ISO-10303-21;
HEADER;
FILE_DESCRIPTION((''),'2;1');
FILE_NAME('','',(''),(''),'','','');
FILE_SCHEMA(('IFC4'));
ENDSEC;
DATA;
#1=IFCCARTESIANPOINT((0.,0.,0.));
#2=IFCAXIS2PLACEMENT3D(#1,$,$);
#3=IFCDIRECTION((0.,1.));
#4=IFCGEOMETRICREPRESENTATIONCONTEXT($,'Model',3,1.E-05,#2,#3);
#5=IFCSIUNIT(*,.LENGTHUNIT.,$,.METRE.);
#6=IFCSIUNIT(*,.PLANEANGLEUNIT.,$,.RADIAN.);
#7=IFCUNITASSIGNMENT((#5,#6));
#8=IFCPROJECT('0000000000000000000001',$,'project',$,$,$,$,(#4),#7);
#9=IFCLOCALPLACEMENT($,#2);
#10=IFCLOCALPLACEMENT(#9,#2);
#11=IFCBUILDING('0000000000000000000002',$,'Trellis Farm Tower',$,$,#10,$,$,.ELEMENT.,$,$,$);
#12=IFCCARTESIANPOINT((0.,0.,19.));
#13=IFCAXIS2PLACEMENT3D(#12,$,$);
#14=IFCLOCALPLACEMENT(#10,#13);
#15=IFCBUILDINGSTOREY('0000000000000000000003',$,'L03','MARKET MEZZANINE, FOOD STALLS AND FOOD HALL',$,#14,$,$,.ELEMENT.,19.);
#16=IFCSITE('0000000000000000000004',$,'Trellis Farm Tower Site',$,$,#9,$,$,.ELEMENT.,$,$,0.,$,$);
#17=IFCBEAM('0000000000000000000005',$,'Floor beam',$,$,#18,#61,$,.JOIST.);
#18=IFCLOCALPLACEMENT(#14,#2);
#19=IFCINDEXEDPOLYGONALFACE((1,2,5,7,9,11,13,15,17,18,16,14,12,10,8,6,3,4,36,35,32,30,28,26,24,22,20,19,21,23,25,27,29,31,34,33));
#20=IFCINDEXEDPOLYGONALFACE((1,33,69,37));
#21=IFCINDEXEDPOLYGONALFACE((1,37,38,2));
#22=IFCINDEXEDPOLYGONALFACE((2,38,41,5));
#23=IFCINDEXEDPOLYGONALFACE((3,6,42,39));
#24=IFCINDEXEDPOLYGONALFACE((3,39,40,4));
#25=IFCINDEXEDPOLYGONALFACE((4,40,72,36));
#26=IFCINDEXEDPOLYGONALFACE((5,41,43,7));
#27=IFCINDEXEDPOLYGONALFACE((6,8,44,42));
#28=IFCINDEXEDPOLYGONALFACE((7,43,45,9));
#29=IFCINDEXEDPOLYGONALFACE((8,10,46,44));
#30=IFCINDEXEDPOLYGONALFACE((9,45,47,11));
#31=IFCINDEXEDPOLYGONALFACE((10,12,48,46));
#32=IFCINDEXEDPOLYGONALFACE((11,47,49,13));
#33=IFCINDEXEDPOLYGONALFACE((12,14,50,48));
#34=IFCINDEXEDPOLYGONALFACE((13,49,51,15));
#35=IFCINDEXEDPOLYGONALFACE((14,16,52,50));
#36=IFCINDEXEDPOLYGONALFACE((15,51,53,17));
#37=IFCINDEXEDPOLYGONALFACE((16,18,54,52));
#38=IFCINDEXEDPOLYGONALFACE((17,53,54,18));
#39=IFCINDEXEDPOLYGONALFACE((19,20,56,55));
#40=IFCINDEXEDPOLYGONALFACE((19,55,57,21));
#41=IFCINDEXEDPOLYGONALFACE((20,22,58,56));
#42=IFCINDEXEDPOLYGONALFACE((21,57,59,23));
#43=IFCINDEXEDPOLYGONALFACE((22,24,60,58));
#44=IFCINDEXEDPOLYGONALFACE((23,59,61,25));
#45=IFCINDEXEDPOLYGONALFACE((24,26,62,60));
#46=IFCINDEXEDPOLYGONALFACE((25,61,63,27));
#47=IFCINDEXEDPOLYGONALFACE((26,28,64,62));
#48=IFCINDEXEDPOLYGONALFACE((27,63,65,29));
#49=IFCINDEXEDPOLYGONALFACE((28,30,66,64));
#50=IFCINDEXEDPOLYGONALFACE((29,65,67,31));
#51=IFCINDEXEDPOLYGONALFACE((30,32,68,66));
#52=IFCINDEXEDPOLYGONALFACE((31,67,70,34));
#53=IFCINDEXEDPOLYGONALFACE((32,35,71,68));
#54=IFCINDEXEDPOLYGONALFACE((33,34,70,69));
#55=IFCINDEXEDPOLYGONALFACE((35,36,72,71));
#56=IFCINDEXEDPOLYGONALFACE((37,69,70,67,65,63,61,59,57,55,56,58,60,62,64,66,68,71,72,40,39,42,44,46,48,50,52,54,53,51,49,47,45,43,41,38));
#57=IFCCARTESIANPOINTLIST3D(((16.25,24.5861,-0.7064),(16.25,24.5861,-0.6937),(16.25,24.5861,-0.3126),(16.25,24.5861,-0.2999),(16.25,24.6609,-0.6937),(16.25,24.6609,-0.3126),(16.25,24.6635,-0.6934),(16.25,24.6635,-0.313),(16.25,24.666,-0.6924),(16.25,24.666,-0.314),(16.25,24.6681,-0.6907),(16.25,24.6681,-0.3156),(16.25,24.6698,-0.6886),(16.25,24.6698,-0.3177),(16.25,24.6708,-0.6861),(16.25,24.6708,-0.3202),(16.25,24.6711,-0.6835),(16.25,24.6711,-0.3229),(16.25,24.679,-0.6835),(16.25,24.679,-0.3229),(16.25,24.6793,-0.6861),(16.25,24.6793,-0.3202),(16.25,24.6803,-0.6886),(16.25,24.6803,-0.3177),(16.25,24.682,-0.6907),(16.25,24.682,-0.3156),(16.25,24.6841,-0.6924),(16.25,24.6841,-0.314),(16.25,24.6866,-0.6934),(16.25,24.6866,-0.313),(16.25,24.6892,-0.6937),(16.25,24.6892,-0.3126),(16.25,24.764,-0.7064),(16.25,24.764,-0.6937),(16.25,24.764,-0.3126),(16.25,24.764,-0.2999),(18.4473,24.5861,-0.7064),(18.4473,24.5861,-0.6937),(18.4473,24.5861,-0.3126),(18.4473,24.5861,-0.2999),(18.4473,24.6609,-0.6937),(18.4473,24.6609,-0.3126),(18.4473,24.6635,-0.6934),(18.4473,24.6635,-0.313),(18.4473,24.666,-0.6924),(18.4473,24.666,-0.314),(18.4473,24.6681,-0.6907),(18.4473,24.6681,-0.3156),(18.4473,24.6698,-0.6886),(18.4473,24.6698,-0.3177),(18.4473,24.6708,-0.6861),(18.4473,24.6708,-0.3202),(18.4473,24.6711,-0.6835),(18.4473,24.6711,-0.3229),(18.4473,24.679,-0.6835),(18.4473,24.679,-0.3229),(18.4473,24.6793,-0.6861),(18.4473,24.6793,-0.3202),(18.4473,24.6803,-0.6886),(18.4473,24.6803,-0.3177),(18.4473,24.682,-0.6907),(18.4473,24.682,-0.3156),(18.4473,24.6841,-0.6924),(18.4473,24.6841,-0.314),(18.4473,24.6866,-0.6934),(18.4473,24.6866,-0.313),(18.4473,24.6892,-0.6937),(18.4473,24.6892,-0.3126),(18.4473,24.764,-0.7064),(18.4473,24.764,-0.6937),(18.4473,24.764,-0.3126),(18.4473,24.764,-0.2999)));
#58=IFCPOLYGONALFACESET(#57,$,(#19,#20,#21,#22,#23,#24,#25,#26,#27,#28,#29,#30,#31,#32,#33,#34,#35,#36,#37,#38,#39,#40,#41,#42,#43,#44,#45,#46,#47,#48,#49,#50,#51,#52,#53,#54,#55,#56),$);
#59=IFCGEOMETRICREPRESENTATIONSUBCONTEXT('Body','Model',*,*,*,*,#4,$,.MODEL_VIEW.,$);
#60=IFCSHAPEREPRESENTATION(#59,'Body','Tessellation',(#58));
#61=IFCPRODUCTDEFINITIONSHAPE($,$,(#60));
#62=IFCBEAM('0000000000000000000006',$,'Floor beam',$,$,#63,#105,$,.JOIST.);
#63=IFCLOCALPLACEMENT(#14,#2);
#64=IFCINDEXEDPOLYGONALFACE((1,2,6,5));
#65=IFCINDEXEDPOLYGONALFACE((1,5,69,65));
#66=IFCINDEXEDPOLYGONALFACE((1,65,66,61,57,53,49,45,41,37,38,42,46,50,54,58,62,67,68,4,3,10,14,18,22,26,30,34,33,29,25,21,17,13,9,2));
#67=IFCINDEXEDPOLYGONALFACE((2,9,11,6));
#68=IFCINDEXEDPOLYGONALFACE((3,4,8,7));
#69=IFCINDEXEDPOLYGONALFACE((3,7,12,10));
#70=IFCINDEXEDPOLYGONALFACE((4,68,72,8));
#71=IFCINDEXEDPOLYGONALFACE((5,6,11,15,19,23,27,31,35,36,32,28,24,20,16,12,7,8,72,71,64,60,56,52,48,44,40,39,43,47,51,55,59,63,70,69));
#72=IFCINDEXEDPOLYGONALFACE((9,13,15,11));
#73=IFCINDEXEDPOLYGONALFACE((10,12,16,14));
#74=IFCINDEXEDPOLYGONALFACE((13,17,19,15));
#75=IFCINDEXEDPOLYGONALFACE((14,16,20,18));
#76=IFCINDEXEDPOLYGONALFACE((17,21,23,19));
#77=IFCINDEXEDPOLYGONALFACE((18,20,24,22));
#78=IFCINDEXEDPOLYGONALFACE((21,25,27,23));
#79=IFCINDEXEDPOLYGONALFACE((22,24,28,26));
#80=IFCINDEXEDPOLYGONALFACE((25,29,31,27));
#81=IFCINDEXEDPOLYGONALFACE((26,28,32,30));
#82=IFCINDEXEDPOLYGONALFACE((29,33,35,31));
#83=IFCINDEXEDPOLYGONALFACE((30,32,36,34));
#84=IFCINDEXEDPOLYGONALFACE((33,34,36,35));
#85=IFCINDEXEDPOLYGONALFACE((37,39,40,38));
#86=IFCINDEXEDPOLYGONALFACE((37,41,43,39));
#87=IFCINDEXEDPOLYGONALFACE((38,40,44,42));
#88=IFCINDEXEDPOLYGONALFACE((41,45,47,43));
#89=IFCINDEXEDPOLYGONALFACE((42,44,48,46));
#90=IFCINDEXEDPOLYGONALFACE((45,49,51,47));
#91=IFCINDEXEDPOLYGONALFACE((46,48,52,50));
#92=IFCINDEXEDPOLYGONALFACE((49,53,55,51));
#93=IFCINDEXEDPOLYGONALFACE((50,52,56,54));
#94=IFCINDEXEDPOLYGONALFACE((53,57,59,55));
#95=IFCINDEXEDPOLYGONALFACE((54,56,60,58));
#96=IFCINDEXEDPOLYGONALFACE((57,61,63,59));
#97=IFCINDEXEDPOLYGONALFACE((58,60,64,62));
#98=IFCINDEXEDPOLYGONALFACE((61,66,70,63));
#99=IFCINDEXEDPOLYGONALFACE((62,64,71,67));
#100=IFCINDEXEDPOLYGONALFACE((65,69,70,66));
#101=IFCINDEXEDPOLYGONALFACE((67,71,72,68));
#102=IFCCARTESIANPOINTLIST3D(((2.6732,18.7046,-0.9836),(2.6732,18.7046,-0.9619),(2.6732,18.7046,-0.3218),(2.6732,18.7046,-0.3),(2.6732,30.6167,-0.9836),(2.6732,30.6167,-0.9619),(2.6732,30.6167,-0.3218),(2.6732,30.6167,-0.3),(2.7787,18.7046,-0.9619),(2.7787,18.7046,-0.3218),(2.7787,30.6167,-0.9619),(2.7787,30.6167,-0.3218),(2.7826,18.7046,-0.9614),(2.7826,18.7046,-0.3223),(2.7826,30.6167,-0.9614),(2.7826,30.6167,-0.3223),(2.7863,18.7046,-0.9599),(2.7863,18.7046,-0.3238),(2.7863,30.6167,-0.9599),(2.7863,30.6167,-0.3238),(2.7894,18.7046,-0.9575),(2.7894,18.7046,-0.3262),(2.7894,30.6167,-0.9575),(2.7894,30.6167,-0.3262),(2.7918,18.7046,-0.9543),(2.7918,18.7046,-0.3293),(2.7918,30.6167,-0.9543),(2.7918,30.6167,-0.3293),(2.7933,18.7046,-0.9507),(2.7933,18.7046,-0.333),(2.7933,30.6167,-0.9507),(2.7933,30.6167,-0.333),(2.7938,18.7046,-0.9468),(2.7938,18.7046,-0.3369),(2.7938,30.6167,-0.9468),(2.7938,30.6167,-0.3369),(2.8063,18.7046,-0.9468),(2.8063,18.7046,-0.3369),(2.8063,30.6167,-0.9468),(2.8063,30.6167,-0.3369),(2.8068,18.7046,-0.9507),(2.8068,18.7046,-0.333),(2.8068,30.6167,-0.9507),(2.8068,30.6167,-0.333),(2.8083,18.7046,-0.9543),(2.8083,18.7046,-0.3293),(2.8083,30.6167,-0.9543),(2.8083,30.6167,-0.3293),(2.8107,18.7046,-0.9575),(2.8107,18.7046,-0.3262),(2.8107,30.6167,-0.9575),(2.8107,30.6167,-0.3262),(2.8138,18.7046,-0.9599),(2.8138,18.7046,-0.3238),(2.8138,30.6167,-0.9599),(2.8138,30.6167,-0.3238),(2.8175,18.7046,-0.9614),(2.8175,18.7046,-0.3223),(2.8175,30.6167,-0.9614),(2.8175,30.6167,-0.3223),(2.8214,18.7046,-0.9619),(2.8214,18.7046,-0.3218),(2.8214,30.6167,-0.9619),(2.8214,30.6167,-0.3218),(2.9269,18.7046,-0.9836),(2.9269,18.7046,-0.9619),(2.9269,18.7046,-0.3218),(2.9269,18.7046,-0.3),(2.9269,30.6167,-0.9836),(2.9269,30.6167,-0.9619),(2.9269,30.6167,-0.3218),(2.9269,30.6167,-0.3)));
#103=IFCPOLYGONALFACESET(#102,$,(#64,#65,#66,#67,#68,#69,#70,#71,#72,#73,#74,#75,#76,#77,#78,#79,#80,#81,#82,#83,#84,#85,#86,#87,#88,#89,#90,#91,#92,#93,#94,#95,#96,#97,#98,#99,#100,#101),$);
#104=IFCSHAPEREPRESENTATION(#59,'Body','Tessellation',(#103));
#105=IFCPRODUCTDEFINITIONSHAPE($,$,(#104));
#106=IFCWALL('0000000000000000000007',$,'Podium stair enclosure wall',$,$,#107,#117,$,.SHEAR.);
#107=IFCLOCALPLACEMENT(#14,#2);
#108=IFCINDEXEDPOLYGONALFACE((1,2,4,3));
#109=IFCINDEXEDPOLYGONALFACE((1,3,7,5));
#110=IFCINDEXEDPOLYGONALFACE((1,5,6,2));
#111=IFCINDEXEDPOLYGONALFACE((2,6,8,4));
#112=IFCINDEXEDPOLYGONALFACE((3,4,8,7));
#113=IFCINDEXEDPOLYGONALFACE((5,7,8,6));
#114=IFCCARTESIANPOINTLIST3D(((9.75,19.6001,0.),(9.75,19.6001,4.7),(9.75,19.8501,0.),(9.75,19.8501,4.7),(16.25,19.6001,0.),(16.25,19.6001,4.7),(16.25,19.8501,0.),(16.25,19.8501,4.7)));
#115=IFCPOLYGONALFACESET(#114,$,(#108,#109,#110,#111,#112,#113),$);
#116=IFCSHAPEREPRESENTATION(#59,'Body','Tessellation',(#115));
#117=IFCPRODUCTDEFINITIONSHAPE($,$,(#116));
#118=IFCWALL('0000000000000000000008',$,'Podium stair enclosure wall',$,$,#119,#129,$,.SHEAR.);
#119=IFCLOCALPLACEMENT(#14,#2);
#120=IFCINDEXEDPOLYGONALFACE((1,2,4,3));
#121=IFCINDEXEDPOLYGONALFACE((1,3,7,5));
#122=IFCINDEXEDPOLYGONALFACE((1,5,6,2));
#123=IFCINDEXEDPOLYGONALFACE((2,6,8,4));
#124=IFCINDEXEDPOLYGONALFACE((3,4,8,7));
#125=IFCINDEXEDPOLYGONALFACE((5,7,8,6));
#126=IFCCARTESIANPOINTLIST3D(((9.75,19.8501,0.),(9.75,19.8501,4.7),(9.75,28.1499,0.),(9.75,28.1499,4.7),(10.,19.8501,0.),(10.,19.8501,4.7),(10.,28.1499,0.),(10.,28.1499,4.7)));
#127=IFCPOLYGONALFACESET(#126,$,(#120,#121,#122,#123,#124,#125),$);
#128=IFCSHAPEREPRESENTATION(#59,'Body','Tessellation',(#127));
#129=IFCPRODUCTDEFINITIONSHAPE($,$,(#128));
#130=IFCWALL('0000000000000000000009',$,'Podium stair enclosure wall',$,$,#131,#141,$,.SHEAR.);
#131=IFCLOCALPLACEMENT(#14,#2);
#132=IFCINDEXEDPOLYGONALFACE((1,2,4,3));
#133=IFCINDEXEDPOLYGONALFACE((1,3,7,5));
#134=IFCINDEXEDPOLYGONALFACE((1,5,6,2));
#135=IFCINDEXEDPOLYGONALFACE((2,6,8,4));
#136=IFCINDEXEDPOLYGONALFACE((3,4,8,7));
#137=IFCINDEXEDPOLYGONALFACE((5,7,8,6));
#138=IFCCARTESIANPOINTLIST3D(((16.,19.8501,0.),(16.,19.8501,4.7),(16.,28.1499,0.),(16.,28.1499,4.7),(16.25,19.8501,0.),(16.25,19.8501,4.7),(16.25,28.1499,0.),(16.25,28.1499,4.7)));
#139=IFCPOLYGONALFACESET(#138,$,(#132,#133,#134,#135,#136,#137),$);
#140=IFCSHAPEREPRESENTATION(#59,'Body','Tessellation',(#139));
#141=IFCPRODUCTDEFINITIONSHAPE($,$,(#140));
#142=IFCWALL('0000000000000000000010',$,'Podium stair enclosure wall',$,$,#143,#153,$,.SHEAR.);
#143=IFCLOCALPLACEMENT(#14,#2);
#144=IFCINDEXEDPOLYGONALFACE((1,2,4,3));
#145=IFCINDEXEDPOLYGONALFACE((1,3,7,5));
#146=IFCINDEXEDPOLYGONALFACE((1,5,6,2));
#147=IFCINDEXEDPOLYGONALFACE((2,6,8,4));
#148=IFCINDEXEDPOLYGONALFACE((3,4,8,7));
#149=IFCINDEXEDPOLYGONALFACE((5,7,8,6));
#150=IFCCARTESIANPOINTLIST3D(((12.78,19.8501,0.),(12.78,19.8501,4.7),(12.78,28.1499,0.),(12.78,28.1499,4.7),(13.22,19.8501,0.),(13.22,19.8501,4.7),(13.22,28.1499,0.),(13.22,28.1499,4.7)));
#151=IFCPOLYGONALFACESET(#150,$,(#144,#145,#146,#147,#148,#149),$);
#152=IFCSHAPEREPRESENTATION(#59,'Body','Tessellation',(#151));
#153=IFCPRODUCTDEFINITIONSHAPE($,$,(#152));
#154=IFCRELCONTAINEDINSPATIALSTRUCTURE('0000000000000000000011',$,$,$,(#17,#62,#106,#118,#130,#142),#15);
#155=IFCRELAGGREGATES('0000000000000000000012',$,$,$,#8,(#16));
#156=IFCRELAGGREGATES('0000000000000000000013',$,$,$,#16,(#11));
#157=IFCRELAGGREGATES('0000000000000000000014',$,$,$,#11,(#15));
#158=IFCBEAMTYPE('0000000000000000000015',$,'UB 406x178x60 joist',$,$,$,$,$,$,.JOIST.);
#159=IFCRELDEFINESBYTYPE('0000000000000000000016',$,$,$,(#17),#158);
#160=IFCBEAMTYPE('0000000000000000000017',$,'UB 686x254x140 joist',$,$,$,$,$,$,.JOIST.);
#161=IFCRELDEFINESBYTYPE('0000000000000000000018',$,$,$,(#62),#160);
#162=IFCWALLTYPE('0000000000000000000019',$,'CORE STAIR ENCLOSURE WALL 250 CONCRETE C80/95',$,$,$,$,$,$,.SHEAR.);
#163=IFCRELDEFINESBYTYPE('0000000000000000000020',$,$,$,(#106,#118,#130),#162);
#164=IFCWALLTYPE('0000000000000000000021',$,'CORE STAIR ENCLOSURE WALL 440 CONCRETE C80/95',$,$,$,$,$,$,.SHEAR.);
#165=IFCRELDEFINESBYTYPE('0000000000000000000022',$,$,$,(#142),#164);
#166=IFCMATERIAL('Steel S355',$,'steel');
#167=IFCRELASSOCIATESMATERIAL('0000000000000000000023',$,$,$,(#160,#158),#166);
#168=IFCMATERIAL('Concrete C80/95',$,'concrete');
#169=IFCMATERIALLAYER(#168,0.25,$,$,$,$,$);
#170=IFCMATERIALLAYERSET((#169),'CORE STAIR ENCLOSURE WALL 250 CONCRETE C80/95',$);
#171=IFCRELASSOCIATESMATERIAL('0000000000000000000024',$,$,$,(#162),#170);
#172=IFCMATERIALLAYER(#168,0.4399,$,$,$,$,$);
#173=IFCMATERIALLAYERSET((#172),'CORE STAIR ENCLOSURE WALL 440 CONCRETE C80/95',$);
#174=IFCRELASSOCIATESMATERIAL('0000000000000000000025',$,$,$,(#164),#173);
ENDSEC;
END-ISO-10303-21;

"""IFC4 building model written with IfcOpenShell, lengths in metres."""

from ifc_helpers import new_model, si_unit, direction, frame, frame_2d, origin, origin_2d, place, context, subcontext, project, spatial, rectangle, i_section, extrude, source, transform, mapped, material, layer, layer_set, material_profile, profile_set, type_object, element, save


model = new_model("IFC4")

# Units and contexts
model_context = context("Model", 3, precision=1e-05, world=origin(), true_north=direction((0.0, 1.0)))
body_context = subcontext(model_context, "Body", "Model", "MODEL_VIEW")
ifc_project = project(units=[si_unit("LENGTHUNIT", "METRE"), si_unit("PLANEANGLEUNIT", "RADIAN")], contexts=[model_context])

# Site, building, storey
site_placement = place(None, origin())
site = spatial("IfcSite", under=ifc_project, at=site_placement, Name="Trellis Farm Tower Site", CompositionType="ELEMENT", RefElevation=0.0)
building_placement = place(site_placement, origin())
building = spatial("IfcBuilding", under=site, at=building_placement, Name="Trellis Farm Tower", CompositionType="ELEMENT")
storey_placement = place(building_placement, frame((0.0, 0.0, 19.0)))
storey = spatial("IfcBuildingStorey", under=building, at=storey_placement, Name="L03", Description="MARKET MEZZANINE, FOOD STALLS AND FOOD HALL", CompositionType="ELEMENT", Elevation=19.0)

# Shared definitions
ifc_material_1 = material(Name="Concrete C80/95", Category="concrete")

# Beams
ifc_material_2 = material(Name="Steel S355", Category="steel")
ifc_material_profile_1 = material_profile(ifc_material_2, i_section(OverallWidth=0.2537, OverallDepth=0.6836, WebThickness=0.0125, FlangeThickness=0.0217, FilletRadius=0.0151, at=origin_2d()), Name="UB 686x254x140")
ifc_profile_set_1 = profile_set([ifc_material_profile_1], Name="Steel S355")
beam_type_1 = type_object("IfcBeamType", Name="UB 686x254x140 joist", PredefinedType="JOIST", material=ifc_profile_set_1)
ifc_material_profile_2 = material_profile(ifc_material_2, i_section(OverallWidth=0.178, OverallDepth=0.4065, WebThickness=0.0078, FlangeThickness=0.0127, FilletRadius=0.0103, at=origin_2d()), Name="UB 406x178x60")
ifc_profile_set_2 = profile_set([ifc_material_profile_2], Name="Steel S355")
beam_type_2 = type_object("IfcBeamType", Name="UB 406x178x60 joist", PredefinedType="JOIST", material=ifc_profile_set_2)
shared_shape_1 = source(origin(), body_context, "Body", "SweptSolid", [
    extrude(i_section(OverallWidth=0.178, OverallDepth=0.4065, WebThickness=0.0078, FlangeThickness=0.0127, FilletRadius=0.0103, at=origin_2d()), origin(), (0.0, 0.0, 1.0), 2.1973),
])
for number, where, z_axis, x_axis, name in (
    (1, (16.25, 24.675, -0.5032), (1.0, 0.0, 0.0), (0.0, 1.0, 0.0), "Floor beam"),
):
    element("IfcBeam", number, at=place(storey_placement, frame(where, z_axis=z_axis, x_axis=x_axis)), inside=storey, type_object=beam_type_2, Name=name, PredefinedType="JOIST", context=body_context, shape_type="MappedRepresentation", body=[
        mapped(shared_shape_1, transform((0.0, 0.0, 0.0))),
    ])
shared_shape_2 = source(origin(), body_context, "Body", "SweptSolid", [
    extrude(i_section(OverallWidth=0.2537, OverallDepth=0.6836, WebThickness=0.0125, FlangeThickness=0.0217, FilletRadius=0.0151, at=origin_2d()), origin(), (0.0, 0.0, 1.0), 11.9121),
])
beam_1_placement = place(storey_placement, frame((2.8, 18.7046, -0.6418), z_axis=(0.0, 1.0, 0.0), x_axis=(-1.0, 0.0, 0.0)))
element("IfcBeam", 2, at=beam_1_placement, inside=storey, type_object=beam_type_1, Name="Floor beam", PredefinedType="JOIST", context=body_context, shape_type="MappedRepresentation", body=[
    mapped(shared_shape_2, transform((0.0, 0.0, 0.0))),
])

# Walls
ifc_layer_1 = layer(ifc_material_1, 0.25)
ifc_layer_set_1 = layer_set([ifc_layer_1], Name="CORE STAIR ENCLOSURE WALL 250 CONCRETE C80/95")
wall_type_1 = type_object("IfcWallType", Name="CORE STAIR ENCLOSURE WALL 250 CONCRETE C80/95", PredefinedType="SHEAR", material=ifc_layer_set_1)
shared_shape_3 = source(origin(), body_context, "Body", "SweptSolid", [
    extrude(rectangle(XDim=6.5, YDim=0.25, at=frame_2d((3.25, 0.0))), origin(), (0.0, 0.0, 1.0), 4.7),
])
wall_1_placement = place(storey_placement, frame((9.75, 19.7251, 0.0), z_axis=(0.0, 0.0, 1.0), x_axis=(1.0, 0.0, 0.0)))
element("IfcWall", 3, at=wall_1_placement, inside=storey, type_object=wall_type_1, Name="Podium stair enclosure wall", PredefinedType="SHEAR", context=body_context, shape_type="MappedRepresentation", body=[
    mapped(shared_shape_3, transform((0.0, 0.0, 0.0))),
])
shared_shape_4 = source(origin(), body_context, "Body", "SweptSolid", [
    extrude(rectangle(XDim=8.2998, YDim=0.25, at=frame_2d((4.1499, 0.0))), origin(), (0.0, 0.0, 1.0), 4.7),
])
for number, where, z_axis, x_axis, name in (
    (4, (9.875, 19.8501, 0.0), (0.0, 0.0, 1.0), (0.0, 1.0, 0.0), "Podium stair enclosure wall"),
    (5, (16.125, 19.8501, 0.0), (0.0, 0.0, 1.0), (0.0, 1.0, 0.0), "Podium stair enclosure wall"),
):
    element("IfcWall", number, at=place(storey_placement, frame(where, z_axis=z_axis, x_axis=x_axis)), inside=storey, type_object=wall_type_1, Name=name, PredefinedType="SHEAR", context=body_context, shape_type="MappedRepresentation", body=[
        mapped(shared_shape_4, transform((0.0, 0.0, 0.0))),
    ])
ifc_layer_2 = layer(ifc_material_1, 0.4399)
ifc_layer_set_2 = layer_set([ifc_layer_2], Name="CORE STAIR ENCLOSURE WALL 440 CONCRETE C80/95")
wall_type_2 = type_object("IfcWallType", Name="CORE STAIR ENCLOSURE WALL 440 CONCRETE C80/95", PredefinedType="SHEAR", material=ifc_layer_set_2)
shared_shape_5 = source(origin(), body_context, "Body", "SweptSolid", [
    extrude(rectangle(XDim=8.2998, YDim=0.4399, at=frame_2d((4.1499, 0.0))), origin(), (0.0, 0.0, 1.0), 4.7),
])
wall_2_placement = place(storey_placement, frame((13.0, 19.8501, 0.0), z_axis=(0.0, 0.0, 1.0), x_axis=(0.0, 1.0, 0.0)))
element("IfcWall", 6, at=wall_2_placement, inside=storey, type_object=wall_type_2, Name="Podium stair enclosure wall", PredefinedType="SHEAR", context=body_context, shape_type="MappedRepresentation", body=[
    mapped(shared_shape_5, transform((0.0, 0.0, 0.0))),
])

save(model, "model.ifc")
